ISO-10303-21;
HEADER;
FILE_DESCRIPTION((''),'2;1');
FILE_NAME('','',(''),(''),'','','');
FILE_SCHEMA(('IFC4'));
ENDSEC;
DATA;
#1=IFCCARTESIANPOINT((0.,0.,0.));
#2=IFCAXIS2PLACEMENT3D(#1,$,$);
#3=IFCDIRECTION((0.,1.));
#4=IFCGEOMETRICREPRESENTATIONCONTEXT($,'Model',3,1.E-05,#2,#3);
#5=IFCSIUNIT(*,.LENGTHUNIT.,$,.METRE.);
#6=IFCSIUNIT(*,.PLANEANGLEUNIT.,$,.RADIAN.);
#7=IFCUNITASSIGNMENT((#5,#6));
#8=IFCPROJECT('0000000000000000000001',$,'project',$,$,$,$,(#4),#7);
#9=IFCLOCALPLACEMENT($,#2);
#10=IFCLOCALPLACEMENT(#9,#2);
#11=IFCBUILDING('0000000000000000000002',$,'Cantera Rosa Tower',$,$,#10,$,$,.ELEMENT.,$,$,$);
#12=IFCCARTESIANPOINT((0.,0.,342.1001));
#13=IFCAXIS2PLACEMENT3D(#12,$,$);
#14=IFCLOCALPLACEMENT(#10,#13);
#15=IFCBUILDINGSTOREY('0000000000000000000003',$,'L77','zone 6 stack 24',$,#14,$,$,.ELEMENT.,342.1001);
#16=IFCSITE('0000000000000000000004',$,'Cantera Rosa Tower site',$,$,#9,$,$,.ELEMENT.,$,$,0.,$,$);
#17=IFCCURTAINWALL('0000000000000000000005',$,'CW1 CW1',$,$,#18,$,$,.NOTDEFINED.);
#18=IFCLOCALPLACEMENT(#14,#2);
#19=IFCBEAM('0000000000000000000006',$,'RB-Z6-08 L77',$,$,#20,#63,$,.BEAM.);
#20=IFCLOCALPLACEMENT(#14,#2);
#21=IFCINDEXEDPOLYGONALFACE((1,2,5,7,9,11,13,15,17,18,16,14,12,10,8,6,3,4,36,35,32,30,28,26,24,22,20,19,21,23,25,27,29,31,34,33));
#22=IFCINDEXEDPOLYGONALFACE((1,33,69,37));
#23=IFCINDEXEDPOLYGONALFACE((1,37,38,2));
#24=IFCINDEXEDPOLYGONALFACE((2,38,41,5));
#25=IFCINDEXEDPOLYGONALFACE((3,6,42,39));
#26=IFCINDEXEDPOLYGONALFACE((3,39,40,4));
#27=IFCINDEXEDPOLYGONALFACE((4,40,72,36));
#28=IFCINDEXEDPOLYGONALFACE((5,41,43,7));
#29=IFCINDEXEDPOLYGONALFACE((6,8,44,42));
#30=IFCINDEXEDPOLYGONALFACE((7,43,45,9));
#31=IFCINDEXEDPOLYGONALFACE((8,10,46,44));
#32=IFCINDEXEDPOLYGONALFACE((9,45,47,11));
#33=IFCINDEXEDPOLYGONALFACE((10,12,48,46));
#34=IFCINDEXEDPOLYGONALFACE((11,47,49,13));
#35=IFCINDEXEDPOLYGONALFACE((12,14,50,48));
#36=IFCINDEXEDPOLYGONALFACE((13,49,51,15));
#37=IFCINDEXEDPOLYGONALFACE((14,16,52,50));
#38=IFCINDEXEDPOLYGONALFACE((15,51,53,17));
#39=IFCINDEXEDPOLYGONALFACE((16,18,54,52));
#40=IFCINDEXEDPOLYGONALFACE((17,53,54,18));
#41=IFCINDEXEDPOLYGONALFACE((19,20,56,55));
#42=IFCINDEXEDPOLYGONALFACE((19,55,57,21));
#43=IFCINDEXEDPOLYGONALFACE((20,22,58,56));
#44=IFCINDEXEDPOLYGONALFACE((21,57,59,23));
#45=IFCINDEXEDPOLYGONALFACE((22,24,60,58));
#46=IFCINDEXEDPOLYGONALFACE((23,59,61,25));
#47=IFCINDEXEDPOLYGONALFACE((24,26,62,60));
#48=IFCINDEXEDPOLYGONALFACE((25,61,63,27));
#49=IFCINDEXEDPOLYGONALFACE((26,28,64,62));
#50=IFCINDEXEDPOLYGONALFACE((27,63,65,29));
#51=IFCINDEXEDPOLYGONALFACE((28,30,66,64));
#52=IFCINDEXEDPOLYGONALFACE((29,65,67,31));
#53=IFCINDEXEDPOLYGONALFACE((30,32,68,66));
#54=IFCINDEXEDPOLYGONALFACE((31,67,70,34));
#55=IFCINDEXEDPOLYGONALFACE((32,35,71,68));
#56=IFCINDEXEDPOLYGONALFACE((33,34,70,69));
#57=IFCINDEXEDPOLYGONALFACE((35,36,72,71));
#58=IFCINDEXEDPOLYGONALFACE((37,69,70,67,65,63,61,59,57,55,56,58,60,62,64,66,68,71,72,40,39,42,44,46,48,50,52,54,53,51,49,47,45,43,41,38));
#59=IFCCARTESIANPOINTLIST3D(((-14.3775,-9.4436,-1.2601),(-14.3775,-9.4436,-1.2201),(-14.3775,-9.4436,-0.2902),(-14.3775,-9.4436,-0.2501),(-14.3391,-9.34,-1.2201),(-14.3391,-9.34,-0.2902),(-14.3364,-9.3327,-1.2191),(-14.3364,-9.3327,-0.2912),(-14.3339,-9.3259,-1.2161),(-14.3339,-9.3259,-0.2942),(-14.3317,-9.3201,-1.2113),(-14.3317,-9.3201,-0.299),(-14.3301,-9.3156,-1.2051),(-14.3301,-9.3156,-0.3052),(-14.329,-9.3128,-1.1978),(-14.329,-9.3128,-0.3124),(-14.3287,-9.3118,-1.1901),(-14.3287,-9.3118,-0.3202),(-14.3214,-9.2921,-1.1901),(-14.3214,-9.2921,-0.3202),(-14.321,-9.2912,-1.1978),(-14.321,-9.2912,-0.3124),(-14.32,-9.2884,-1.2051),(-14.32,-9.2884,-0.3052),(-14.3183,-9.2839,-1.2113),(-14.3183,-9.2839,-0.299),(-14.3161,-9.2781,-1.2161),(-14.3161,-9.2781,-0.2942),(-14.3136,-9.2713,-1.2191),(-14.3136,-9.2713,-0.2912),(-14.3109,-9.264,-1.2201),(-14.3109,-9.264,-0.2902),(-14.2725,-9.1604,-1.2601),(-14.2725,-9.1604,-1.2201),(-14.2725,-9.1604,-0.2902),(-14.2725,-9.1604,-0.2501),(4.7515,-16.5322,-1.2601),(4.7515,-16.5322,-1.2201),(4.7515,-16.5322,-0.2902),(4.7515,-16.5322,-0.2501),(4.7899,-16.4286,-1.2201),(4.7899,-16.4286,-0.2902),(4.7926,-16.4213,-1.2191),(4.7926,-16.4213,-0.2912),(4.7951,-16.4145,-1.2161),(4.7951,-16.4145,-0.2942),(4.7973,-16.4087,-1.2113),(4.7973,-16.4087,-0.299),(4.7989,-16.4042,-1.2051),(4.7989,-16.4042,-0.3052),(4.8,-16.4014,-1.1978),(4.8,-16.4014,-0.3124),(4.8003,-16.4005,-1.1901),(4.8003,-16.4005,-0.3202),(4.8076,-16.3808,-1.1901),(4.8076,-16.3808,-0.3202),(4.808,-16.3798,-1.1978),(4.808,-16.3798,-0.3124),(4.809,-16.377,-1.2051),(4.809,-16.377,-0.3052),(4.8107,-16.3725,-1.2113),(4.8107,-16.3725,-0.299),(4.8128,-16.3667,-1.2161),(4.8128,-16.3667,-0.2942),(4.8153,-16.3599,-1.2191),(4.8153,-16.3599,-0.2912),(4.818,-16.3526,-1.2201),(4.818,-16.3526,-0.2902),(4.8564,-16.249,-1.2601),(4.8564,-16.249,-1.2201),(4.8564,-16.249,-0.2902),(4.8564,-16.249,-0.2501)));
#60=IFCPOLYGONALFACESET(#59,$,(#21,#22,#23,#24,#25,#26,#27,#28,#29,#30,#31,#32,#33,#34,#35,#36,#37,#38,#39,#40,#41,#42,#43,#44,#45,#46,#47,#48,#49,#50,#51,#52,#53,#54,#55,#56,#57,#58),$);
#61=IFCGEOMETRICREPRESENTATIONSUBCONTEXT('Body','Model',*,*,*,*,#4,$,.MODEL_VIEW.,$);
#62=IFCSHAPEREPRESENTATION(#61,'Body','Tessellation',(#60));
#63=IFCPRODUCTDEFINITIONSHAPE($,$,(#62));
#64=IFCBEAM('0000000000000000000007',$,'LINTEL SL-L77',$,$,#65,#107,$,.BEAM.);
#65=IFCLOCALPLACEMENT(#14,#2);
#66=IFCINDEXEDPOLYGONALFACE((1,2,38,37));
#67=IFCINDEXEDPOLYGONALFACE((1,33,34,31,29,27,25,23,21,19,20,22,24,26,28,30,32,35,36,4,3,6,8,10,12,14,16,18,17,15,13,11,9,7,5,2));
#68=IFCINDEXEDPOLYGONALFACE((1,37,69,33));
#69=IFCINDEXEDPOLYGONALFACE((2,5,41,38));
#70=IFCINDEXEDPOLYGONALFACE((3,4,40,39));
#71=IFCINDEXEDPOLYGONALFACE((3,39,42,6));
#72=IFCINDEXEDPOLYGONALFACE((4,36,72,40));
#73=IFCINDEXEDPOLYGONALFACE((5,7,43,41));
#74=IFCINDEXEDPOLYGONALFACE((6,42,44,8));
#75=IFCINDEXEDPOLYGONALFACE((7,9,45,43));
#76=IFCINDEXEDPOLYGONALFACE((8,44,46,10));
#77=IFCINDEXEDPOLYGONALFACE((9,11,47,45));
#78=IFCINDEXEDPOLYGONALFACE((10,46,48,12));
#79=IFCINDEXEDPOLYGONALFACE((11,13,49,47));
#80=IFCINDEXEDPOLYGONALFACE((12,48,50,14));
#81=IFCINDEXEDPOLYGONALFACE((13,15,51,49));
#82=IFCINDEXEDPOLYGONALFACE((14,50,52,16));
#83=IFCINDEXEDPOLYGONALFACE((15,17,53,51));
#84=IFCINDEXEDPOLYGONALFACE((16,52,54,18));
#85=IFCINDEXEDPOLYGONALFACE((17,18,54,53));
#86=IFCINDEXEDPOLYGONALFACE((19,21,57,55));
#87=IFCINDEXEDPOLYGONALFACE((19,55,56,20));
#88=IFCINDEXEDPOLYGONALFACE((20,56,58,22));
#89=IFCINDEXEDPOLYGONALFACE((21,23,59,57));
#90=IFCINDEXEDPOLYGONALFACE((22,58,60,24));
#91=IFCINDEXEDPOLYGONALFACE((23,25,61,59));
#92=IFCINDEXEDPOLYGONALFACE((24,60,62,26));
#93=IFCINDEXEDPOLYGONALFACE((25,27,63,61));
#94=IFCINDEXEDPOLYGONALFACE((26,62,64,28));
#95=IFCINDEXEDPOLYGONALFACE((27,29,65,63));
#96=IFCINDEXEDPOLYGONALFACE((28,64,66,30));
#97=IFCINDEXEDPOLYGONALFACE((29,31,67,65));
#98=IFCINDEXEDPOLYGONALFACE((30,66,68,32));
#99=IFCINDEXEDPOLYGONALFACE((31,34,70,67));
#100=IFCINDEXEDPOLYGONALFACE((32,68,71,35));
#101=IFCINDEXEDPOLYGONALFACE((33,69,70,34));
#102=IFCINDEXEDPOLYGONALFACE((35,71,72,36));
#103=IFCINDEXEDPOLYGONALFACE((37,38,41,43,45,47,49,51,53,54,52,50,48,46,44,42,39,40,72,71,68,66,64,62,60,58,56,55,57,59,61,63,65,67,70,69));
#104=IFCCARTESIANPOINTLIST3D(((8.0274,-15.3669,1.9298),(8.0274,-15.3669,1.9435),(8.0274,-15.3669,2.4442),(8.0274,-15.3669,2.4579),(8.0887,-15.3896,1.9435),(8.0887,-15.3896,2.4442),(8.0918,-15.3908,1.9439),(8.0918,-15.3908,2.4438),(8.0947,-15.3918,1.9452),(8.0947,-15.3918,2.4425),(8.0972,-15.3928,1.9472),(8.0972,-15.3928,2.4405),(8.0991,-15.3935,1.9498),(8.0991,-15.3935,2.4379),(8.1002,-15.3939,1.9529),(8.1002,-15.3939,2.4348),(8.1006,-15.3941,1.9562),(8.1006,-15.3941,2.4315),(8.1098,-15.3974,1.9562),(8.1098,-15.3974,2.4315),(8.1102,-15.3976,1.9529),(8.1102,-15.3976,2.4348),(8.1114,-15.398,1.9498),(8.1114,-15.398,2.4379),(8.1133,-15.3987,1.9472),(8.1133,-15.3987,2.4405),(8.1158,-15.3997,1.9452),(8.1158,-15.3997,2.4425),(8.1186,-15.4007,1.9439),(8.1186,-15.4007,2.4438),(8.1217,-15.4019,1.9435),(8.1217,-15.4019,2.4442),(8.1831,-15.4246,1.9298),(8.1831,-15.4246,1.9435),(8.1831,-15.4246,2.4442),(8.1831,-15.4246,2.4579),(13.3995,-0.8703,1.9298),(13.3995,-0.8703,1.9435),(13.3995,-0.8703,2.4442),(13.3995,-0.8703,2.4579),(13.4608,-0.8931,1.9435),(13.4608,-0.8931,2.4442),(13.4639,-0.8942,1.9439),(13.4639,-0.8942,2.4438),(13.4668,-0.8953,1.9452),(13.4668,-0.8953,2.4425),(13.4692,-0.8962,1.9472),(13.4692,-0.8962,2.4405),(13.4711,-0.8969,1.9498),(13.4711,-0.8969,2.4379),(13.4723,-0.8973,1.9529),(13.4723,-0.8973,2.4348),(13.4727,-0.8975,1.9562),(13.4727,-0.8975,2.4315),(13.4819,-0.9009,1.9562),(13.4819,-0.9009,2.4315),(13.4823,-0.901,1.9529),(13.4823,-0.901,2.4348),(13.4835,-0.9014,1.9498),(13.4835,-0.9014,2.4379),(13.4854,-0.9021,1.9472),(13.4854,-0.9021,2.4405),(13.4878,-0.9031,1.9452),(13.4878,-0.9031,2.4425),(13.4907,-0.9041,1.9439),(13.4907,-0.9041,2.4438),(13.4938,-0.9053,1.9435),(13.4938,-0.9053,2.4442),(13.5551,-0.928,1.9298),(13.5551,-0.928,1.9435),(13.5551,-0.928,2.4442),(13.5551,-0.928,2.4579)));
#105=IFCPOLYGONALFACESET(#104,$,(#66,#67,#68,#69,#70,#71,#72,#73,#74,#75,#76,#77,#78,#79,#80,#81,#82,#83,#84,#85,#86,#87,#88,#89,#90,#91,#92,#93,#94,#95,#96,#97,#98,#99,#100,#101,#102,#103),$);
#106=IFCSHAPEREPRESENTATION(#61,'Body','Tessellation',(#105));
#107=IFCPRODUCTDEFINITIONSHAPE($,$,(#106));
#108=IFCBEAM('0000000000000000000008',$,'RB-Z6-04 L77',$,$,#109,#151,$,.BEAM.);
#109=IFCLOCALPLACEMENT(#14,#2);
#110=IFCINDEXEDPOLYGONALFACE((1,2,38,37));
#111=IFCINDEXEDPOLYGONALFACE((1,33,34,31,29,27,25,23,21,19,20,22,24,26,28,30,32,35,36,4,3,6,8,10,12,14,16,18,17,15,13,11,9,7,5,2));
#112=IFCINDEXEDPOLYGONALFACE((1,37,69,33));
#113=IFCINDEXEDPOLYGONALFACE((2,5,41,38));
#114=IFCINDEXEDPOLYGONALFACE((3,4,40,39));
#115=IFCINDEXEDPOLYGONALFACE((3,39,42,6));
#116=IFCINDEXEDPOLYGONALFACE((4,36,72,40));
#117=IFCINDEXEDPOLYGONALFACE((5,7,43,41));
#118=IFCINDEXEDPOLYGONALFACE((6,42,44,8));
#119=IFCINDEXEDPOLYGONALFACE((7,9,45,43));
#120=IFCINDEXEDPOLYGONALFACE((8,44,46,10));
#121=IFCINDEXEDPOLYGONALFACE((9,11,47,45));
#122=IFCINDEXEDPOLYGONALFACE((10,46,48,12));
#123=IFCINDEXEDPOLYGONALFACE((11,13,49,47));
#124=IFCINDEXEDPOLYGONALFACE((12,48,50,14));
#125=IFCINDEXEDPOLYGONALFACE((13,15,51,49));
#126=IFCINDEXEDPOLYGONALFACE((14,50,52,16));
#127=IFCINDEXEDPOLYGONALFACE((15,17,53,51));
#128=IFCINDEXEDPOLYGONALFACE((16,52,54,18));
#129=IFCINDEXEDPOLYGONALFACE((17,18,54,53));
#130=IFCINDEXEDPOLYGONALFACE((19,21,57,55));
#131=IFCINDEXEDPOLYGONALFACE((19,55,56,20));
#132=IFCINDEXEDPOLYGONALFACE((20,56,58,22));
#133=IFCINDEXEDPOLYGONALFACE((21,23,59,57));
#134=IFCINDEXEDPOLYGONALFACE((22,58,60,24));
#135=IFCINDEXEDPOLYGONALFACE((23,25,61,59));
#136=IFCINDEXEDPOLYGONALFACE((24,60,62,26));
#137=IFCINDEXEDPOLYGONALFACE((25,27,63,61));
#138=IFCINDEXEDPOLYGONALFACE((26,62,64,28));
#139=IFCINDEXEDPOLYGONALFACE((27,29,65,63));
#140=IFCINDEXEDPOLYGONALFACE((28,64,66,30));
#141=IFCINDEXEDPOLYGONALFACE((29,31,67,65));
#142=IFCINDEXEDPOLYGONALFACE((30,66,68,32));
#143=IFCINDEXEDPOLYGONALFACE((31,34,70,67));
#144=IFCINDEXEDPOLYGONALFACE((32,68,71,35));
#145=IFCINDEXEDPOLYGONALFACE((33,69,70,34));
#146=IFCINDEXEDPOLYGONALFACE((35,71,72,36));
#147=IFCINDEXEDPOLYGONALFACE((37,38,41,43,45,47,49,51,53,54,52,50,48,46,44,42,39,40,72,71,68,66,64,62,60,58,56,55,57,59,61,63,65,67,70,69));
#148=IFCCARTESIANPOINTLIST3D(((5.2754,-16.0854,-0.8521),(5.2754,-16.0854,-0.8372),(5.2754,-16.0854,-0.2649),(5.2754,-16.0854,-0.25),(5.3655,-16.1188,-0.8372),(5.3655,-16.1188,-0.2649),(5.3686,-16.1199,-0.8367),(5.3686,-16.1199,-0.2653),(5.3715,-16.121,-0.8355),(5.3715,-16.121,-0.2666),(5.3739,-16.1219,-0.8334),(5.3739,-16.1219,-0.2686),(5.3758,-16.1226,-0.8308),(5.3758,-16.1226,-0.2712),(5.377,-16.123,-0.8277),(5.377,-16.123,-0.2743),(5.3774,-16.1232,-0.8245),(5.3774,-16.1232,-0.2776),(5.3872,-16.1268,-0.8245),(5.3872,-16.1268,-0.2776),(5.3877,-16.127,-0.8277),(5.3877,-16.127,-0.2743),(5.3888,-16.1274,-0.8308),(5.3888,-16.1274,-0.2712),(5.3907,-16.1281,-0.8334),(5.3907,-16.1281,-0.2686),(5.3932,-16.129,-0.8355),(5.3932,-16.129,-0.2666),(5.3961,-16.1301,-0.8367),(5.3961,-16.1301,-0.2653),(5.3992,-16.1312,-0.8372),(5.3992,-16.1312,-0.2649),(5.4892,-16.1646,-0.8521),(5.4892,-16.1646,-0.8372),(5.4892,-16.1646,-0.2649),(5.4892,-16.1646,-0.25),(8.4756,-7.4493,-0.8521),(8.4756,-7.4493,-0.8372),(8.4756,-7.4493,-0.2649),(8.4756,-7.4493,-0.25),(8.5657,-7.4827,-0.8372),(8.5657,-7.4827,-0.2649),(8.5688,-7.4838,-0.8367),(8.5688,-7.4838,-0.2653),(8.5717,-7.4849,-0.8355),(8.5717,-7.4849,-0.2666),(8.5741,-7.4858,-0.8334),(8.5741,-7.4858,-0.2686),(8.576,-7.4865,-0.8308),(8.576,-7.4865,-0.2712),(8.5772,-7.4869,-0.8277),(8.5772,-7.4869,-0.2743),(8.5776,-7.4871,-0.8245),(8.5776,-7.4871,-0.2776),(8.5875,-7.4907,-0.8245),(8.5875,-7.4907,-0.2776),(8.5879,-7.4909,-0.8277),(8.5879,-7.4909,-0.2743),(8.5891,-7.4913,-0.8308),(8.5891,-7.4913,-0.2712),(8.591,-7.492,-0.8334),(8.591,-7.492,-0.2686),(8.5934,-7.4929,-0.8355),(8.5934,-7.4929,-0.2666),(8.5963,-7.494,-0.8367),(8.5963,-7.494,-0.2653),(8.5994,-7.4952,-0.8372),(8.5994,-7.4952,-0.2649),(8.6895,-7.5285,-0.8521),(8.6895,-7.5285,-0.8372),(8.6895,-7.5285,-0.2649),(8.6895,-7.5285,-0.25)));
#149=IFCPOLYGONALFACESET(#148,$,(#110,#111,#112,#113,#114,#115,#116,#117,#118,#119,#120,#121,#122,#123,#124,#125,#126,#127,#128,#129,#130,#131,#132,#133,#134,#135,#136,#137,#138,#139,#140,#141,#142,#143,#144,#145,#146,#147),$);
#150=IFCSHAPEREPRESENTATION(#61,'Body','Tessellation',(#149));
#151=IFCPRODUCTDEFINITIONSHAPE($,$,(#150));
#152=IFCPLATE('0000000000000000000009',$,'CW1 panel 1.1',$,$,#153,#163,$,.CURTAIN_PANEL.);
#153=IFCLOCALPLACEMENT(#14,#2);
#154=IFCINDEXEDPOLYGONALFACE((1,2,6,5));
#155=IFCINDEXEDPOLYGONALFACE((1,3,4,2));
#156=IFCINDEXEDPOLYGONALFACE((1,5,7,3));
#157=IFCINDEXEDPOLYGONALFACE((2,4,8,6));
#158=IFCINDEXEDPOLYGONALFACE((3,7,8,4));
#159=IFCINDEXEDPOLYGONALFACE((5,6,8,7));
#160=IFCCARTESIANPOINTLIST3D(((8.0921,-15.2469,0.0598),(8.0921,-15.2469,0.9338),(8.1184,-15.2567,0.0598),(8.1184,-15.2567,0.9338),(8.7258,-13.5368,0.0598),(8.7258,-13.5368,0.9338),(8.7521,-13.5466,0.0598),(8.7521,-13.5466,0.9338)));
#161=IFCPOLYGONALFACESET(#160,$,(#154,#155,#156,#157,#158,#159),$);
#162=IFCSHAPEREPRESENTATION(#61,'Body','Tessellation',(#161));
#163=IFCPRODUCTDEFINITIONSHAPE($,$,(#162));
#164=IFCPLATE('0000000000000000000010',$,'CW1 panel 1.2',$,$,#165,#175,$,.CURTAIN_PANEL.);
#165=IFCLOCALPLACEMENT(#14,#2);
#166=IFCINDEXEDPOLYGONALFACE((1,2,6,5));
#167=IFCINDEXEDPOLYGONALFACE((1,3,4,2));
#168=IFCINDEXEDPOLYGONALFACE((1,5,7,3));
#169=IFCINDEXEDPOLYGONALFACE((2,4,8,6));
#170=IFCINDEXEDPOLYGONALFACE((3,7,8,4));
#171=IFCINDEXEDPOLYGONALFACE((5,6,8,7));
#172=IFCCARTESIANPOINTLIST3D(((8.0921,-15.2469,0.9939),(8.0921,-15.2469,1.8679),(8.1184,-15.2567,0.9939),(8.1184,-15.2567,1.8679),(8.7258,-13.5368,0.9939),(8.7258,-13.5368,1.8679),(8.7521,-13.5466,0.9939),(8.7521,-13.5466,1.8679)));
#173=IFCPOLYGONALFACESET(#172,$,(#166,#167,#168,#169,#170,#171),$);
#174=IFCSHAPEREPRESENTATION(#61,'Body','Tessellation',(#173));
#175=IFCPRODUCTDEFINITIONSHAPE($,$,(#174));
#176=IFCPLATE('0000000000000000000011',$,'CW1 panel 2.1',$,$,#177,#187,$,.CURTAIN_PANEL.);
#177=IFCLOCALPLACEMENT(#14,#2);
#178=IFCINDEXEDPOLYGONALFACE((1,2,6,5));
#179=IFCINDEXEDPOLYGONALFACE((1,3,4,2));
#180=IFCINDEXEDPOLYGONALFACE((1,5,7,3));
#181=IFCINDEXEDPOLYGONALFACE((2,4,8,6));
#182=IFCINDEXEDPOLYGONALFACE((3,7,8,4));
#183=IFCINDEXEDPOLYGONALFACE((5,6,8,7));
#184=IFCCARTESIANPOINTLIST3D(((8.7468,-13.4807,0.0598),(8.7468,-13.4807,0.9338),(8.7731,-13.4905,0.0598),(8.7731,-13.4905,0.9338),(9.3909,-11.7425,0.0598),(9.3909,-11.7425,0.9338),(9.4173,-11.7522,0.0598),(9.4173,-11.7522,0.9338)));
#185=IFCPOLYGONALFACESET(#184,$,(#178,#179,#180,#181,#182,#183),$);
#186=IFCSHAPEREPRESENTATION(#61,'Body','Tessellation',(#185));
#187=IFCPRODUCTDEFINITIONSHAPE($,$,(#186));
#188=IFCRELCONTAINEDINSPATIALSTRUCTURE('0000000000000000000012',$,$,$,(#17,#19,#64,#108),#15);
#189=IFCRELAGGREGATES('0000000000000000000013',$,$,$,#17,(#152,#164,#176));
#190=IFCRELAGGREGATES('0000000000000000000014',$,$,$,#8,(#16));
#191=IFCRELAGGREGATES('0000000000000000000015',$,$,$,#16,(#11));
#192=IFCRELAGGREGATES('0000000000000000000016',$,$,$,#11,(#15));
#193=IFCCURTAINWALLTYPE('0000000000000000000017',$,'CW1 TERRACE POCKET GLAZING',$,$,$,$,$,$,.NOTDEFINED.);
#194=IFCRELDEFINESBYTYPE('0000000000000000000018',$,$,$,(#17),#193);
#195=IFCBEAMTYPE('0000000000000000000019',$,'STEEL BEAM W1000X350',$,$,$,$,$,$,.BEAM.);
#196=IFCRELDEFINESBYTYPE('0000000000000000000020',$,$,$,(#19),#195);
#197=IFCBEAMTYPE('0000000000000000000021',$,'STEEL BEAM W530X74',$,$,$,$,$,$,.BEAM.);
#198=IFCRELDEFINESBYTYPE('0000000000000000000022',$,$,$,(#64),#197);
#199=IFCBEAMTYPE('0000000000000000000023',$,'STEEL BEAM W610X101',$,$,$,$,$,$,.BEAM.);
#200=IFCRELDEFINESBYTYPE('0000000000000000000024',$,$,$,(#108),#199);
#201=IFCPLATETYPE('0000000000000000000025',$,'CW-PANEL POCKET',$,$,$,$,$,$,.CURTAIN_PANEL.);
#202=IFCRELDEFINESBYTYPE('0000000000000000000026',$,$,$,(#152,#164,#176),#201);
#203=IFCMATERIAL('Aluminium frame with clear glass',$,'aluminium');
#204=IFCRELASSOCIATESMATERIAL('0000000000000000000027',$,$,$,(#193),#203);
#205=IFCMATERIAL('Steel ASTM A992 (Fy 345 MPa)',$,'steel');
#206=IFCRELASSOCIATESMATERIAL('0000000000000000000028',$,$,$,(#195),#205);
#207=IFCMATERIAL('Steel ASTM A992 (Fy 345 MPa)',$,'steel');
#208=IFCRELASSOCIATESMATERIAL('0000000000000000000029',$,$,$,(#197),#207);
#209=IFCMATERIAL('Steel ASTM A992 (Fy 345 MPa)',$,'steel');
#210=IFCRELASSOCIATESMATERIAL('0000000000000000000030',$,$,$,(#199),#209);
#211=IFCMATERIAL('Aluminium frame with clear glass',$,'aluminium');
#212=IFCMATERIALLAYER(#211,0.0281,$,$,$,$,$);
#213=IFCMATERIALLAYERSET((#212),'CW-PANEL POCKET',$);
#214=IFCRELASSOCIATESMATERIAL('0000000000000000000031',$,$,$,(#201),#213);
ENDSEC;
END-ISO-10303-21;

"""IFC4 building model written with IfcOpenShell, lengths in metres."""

from ifc_helpers import new_model, si_unit, direction, frame, origin, origin_2d, place, context, subcontext, project, spatial, rectangle, i_section, extrude, material, layer, layer_set, material_profile, profile_set, type_object, element, aggregate, save


model = new_model("IFC4")

# Units and contexts
model_context = context("Model", 3, precision=1e-05, world=origin(), true_north=direction((0.0, 1.0)))
body_context = subcontext(model_context, "Body", "Model", "MODEL_VIEW")
ifc_project = project(units=[si_unit("LENGTHUNIT", "METRE"), si_unit("PLANEANGLEUNIT", "RADIAN")], contexts=[model_context])

# Site, building, storey
site_placement = place(None, origin())
site = spatial("IfcSite", under=ifc_project, at=site_placement, Name="Cantera Rosa Tower site", CompositionType="ELEMENT", RefElevation=0.0)
building_placement = place(site_placement, origin())
building = spatial("IfcBuilding", under=site, at=building_placement, Name="Cantera Rosa Tower", CompositionType="ELEMENT")
storey_placement = place(building_placement, frame((0.0, 0.0, 342.1001)))
storey = spatial("IfcBuildingStorey", under=building, at=storey_placement, Name="L77", Description="zone 6 stack 24", CompositionType="ELEMENT", Elevation=342.1001)

# Curtain wall
ifc_material_1 = material(Name="Aluminium frame with clear glass", Category="aluminium")
curtain_wall_type = type_object("IfcCurtainWallType", Name="CW1 TERRACE POCKET GLAZING", PredefinedType="NOTDEFINED", material=ifc_material_1)
curtain_wall_placement = place(storey_placement, origin())
curtain_wall = element("IfcCurtainWall", 1, at=curtain_wall_placement, inside=storey, type_object=curtain_wall_type, Name="CW1 CW1", PredefinedType="NOTDEFINED")

# Beams
ifc_material_2 = material(Name="Steel ASTM A992 (Fy 345 MPa)", Category="steel")
ifc_material_profile_1 = material_profile(ifc_material_2, i_section(OverallWidth=0.302, OverallDepth=1.01, WebThickness=0.021, FlangeThickness=0.04, FilletRadius=0.03, at=origin_2d()), Name="W1000X350")
ifc_profile_set_1 = profile_set([ifc_material_profile_1], Name="Steel ASTM A992 (Fy 345 MPa)")
beam_type_1 = type_object("IfcBeamType", Name="STEEL BEAM W1000X350", PredefinedType="BEAM", material=ifc_profile_set_1)
beam_1_placement = place(storey_placement, frame((4.804, -16.3906, -0.7551), z_axis=(-0.937687, 0.34748, 0.0), x_axis=(-0.34748, -0.937687, 0.0)))
element("IfcBeam", 2, at=beam_1_placement, inside=storey, type_object=beam_type_1, Name="RB-Z6-08 L77", PredefinedType="BEAM", context=body_context, shape_type="SweptSolid", body=[
    extrude(i_section(OverallWidth=0.302, OverallDepth=1.01, WebThickness=0.021, FlangeThickness=0.04, FilletRadius=0.03, at=origin_2d()), origin(), (0.0, 0.0, 1.0), 20.4001),
])
ifc_material_3 = material(Name="Steel ASTM A992 (Fy 345 MPa)", Category="steel")
ifc_material_profile_2 = material_profile(ifc_material_3, i_section(OverallWidth=0.166, OverallDepth=0.5281, WebThickness=0.0098, FlangeThickness=0.0137, FilletRadius=0.0127, at=origin_2d()), Name="W530X74")
ifc_profile_set_2 = profile_set([ifc_material_profile_2], Name="Steel ASTM A992 (Fy 345 MPa)")
beam_type_2 = type_object("IfcBeamType", Name="STEEL BEAM W530X74", PredefinedType="BEAM", material=ifc_profile_set_2)
beam_2_placement = place(storey_placement, frame((8.1052, -15.3958, 2.1938), z_axis=(0.347483, 0.937686, 0.0), x_axis=(-0.937686, 0.347483, 0.0)))
element("IfcBeam", 3, at=beam_2_placement, inside=storey, type_object=beam_type_2, Name="LINTEL SL-L77", PredefinedType="BEAM", context=body_context, shape_type="SweptSolid", body=[
    extrude(i_section(OverallWidth=0.166, OverallDepth=0.5281, WebThickness=0.0098, FlangeThickness=0.0137, FilletRadius=0.0127, at=origin_2d()), origin(), (0.0, 0.0, 1.0), 15.46),
])
ifc_material_4 = material(Name="Steel ASTM A992 (Fy 345 MPa)", Category="steel")
ifc_material_profile_3 = material_profile(ifc_material_4, i_section(OverallWidth=0.228, OverallDepth=0.6021, WebThickness=0.0105, FlangeThickness=0.0149, FilletRadius=0.0127, at=origin_2d()), Name="W610X101")
ifc_profile_set_3 = profile_set([ifc_material_profile_3], Name="Steel ASTM A992 (Fy 345 MPa)")
beam_type_3 = type_object("IfcBeamType", Name="STEEL BEAM W610X101", PredefinedType="BEAM", material=ifc_profile_set_3)
beam_3_placement = place(storey_placement, frame((5.3823, -16.125, -0.551), z_axis=(0.347475, 0.937689, 0.0), x_axis=(-0.937689, 0.347475, 0.0)))
element("IfcBeam", 4, at=beam_3_placement, inside=storey, type_object=beam_type_3, Name="RB-Z6-04 L77", PredefinedType="BEAM", context=body_context, shape_type="SweptSolid", body=[
    extrude(i_section(OverallWidth=0.228, OverallDepth=0.6021, WebThickness=0.0105, FlangeThickness=0.0149, FilletRadius=0.0127, at=origin_2d()), origin(), (0.0, 0.0, 1.0), 9.21),
])

# Plates
ifc_material_5 = material(Name="Aluminium frame with clear glass", Category="aluminium")
ifc_layer_1 = layer(ifc_material_5, 0.0281)
ifc_layer_set_1 = layer_set([ifc_layer_1], Name="CW-PANEL POCKET")
plate_type = type_object("IfcPlateType", Name="CW-PANEL POCKET", PredefinedType="CURTAIN_PANEL", material=ifc_layer_set_1)
plate_1_placement = place(storey_placement, frame((8.4221, -14.3967, 0.0598), z_axis=(0.0, 0.0, 1.0), x_axis=(0.347481, 0.937687, 0.0)))
plate_1 = element("IfcPlate", 5, at=plate_1_placement, type_object=plate_type, Name="CW1 panel 1.1", PredefinedType="CURTAIN_PANEL", context=body_context, shape_type="SweptSolid", body=[
    extrude(rectangle(XDim=1.8237, YDim=0.0281, at=origin_2d()), origin(), (0.0, 0.0, 1.0), 0.874),
])
plate_2_placement = place(storey_placement, frame((8.4221, -14.3967, 0.9939), z_axis=(0.0, 0.0, 1.0), x_axis=(0.347481, 0.937687, 0.0)))
plate_2 = element("IfcPlate", 6, at=plate_2_placement, type_object=plate_type, Name="CW1 panel 1.2", PredefinedType="CURTAIN_PANEL", context=body_context, shape_type="SweptSolid", body=[
    extrude(rectangle(XDim=1.8237, YDim=0.0281, at=origin_2d()), origin(), (0.0, 0.0, 1.0), 0.874),
])
plate_3_placement = place(storey_placement, frame((9.082, -12.6165, 0.0598), z_axis=(0.0, 0.0, 1.0), x_axis=(0.347481, 0.937687, 0.0)))
plate_3 = element("IfcPlate", 7, at=plate_3_placement, type_object=plate_type, Name="CW1 panel 2.1", PredefinedType="CURTAIN_PANEL", context=body_context, shape_type="SweptSolid", body=[
    extrude(rectangle(XDim=1.8538, YDim=0.0281, at=origin_2d()), origin(), (0.0, 0.0, 1.0), 0.874),
])
aggregate(curtain_wall, [plate_1, plate_2, plate_3])

save(model, "model.ifc")
